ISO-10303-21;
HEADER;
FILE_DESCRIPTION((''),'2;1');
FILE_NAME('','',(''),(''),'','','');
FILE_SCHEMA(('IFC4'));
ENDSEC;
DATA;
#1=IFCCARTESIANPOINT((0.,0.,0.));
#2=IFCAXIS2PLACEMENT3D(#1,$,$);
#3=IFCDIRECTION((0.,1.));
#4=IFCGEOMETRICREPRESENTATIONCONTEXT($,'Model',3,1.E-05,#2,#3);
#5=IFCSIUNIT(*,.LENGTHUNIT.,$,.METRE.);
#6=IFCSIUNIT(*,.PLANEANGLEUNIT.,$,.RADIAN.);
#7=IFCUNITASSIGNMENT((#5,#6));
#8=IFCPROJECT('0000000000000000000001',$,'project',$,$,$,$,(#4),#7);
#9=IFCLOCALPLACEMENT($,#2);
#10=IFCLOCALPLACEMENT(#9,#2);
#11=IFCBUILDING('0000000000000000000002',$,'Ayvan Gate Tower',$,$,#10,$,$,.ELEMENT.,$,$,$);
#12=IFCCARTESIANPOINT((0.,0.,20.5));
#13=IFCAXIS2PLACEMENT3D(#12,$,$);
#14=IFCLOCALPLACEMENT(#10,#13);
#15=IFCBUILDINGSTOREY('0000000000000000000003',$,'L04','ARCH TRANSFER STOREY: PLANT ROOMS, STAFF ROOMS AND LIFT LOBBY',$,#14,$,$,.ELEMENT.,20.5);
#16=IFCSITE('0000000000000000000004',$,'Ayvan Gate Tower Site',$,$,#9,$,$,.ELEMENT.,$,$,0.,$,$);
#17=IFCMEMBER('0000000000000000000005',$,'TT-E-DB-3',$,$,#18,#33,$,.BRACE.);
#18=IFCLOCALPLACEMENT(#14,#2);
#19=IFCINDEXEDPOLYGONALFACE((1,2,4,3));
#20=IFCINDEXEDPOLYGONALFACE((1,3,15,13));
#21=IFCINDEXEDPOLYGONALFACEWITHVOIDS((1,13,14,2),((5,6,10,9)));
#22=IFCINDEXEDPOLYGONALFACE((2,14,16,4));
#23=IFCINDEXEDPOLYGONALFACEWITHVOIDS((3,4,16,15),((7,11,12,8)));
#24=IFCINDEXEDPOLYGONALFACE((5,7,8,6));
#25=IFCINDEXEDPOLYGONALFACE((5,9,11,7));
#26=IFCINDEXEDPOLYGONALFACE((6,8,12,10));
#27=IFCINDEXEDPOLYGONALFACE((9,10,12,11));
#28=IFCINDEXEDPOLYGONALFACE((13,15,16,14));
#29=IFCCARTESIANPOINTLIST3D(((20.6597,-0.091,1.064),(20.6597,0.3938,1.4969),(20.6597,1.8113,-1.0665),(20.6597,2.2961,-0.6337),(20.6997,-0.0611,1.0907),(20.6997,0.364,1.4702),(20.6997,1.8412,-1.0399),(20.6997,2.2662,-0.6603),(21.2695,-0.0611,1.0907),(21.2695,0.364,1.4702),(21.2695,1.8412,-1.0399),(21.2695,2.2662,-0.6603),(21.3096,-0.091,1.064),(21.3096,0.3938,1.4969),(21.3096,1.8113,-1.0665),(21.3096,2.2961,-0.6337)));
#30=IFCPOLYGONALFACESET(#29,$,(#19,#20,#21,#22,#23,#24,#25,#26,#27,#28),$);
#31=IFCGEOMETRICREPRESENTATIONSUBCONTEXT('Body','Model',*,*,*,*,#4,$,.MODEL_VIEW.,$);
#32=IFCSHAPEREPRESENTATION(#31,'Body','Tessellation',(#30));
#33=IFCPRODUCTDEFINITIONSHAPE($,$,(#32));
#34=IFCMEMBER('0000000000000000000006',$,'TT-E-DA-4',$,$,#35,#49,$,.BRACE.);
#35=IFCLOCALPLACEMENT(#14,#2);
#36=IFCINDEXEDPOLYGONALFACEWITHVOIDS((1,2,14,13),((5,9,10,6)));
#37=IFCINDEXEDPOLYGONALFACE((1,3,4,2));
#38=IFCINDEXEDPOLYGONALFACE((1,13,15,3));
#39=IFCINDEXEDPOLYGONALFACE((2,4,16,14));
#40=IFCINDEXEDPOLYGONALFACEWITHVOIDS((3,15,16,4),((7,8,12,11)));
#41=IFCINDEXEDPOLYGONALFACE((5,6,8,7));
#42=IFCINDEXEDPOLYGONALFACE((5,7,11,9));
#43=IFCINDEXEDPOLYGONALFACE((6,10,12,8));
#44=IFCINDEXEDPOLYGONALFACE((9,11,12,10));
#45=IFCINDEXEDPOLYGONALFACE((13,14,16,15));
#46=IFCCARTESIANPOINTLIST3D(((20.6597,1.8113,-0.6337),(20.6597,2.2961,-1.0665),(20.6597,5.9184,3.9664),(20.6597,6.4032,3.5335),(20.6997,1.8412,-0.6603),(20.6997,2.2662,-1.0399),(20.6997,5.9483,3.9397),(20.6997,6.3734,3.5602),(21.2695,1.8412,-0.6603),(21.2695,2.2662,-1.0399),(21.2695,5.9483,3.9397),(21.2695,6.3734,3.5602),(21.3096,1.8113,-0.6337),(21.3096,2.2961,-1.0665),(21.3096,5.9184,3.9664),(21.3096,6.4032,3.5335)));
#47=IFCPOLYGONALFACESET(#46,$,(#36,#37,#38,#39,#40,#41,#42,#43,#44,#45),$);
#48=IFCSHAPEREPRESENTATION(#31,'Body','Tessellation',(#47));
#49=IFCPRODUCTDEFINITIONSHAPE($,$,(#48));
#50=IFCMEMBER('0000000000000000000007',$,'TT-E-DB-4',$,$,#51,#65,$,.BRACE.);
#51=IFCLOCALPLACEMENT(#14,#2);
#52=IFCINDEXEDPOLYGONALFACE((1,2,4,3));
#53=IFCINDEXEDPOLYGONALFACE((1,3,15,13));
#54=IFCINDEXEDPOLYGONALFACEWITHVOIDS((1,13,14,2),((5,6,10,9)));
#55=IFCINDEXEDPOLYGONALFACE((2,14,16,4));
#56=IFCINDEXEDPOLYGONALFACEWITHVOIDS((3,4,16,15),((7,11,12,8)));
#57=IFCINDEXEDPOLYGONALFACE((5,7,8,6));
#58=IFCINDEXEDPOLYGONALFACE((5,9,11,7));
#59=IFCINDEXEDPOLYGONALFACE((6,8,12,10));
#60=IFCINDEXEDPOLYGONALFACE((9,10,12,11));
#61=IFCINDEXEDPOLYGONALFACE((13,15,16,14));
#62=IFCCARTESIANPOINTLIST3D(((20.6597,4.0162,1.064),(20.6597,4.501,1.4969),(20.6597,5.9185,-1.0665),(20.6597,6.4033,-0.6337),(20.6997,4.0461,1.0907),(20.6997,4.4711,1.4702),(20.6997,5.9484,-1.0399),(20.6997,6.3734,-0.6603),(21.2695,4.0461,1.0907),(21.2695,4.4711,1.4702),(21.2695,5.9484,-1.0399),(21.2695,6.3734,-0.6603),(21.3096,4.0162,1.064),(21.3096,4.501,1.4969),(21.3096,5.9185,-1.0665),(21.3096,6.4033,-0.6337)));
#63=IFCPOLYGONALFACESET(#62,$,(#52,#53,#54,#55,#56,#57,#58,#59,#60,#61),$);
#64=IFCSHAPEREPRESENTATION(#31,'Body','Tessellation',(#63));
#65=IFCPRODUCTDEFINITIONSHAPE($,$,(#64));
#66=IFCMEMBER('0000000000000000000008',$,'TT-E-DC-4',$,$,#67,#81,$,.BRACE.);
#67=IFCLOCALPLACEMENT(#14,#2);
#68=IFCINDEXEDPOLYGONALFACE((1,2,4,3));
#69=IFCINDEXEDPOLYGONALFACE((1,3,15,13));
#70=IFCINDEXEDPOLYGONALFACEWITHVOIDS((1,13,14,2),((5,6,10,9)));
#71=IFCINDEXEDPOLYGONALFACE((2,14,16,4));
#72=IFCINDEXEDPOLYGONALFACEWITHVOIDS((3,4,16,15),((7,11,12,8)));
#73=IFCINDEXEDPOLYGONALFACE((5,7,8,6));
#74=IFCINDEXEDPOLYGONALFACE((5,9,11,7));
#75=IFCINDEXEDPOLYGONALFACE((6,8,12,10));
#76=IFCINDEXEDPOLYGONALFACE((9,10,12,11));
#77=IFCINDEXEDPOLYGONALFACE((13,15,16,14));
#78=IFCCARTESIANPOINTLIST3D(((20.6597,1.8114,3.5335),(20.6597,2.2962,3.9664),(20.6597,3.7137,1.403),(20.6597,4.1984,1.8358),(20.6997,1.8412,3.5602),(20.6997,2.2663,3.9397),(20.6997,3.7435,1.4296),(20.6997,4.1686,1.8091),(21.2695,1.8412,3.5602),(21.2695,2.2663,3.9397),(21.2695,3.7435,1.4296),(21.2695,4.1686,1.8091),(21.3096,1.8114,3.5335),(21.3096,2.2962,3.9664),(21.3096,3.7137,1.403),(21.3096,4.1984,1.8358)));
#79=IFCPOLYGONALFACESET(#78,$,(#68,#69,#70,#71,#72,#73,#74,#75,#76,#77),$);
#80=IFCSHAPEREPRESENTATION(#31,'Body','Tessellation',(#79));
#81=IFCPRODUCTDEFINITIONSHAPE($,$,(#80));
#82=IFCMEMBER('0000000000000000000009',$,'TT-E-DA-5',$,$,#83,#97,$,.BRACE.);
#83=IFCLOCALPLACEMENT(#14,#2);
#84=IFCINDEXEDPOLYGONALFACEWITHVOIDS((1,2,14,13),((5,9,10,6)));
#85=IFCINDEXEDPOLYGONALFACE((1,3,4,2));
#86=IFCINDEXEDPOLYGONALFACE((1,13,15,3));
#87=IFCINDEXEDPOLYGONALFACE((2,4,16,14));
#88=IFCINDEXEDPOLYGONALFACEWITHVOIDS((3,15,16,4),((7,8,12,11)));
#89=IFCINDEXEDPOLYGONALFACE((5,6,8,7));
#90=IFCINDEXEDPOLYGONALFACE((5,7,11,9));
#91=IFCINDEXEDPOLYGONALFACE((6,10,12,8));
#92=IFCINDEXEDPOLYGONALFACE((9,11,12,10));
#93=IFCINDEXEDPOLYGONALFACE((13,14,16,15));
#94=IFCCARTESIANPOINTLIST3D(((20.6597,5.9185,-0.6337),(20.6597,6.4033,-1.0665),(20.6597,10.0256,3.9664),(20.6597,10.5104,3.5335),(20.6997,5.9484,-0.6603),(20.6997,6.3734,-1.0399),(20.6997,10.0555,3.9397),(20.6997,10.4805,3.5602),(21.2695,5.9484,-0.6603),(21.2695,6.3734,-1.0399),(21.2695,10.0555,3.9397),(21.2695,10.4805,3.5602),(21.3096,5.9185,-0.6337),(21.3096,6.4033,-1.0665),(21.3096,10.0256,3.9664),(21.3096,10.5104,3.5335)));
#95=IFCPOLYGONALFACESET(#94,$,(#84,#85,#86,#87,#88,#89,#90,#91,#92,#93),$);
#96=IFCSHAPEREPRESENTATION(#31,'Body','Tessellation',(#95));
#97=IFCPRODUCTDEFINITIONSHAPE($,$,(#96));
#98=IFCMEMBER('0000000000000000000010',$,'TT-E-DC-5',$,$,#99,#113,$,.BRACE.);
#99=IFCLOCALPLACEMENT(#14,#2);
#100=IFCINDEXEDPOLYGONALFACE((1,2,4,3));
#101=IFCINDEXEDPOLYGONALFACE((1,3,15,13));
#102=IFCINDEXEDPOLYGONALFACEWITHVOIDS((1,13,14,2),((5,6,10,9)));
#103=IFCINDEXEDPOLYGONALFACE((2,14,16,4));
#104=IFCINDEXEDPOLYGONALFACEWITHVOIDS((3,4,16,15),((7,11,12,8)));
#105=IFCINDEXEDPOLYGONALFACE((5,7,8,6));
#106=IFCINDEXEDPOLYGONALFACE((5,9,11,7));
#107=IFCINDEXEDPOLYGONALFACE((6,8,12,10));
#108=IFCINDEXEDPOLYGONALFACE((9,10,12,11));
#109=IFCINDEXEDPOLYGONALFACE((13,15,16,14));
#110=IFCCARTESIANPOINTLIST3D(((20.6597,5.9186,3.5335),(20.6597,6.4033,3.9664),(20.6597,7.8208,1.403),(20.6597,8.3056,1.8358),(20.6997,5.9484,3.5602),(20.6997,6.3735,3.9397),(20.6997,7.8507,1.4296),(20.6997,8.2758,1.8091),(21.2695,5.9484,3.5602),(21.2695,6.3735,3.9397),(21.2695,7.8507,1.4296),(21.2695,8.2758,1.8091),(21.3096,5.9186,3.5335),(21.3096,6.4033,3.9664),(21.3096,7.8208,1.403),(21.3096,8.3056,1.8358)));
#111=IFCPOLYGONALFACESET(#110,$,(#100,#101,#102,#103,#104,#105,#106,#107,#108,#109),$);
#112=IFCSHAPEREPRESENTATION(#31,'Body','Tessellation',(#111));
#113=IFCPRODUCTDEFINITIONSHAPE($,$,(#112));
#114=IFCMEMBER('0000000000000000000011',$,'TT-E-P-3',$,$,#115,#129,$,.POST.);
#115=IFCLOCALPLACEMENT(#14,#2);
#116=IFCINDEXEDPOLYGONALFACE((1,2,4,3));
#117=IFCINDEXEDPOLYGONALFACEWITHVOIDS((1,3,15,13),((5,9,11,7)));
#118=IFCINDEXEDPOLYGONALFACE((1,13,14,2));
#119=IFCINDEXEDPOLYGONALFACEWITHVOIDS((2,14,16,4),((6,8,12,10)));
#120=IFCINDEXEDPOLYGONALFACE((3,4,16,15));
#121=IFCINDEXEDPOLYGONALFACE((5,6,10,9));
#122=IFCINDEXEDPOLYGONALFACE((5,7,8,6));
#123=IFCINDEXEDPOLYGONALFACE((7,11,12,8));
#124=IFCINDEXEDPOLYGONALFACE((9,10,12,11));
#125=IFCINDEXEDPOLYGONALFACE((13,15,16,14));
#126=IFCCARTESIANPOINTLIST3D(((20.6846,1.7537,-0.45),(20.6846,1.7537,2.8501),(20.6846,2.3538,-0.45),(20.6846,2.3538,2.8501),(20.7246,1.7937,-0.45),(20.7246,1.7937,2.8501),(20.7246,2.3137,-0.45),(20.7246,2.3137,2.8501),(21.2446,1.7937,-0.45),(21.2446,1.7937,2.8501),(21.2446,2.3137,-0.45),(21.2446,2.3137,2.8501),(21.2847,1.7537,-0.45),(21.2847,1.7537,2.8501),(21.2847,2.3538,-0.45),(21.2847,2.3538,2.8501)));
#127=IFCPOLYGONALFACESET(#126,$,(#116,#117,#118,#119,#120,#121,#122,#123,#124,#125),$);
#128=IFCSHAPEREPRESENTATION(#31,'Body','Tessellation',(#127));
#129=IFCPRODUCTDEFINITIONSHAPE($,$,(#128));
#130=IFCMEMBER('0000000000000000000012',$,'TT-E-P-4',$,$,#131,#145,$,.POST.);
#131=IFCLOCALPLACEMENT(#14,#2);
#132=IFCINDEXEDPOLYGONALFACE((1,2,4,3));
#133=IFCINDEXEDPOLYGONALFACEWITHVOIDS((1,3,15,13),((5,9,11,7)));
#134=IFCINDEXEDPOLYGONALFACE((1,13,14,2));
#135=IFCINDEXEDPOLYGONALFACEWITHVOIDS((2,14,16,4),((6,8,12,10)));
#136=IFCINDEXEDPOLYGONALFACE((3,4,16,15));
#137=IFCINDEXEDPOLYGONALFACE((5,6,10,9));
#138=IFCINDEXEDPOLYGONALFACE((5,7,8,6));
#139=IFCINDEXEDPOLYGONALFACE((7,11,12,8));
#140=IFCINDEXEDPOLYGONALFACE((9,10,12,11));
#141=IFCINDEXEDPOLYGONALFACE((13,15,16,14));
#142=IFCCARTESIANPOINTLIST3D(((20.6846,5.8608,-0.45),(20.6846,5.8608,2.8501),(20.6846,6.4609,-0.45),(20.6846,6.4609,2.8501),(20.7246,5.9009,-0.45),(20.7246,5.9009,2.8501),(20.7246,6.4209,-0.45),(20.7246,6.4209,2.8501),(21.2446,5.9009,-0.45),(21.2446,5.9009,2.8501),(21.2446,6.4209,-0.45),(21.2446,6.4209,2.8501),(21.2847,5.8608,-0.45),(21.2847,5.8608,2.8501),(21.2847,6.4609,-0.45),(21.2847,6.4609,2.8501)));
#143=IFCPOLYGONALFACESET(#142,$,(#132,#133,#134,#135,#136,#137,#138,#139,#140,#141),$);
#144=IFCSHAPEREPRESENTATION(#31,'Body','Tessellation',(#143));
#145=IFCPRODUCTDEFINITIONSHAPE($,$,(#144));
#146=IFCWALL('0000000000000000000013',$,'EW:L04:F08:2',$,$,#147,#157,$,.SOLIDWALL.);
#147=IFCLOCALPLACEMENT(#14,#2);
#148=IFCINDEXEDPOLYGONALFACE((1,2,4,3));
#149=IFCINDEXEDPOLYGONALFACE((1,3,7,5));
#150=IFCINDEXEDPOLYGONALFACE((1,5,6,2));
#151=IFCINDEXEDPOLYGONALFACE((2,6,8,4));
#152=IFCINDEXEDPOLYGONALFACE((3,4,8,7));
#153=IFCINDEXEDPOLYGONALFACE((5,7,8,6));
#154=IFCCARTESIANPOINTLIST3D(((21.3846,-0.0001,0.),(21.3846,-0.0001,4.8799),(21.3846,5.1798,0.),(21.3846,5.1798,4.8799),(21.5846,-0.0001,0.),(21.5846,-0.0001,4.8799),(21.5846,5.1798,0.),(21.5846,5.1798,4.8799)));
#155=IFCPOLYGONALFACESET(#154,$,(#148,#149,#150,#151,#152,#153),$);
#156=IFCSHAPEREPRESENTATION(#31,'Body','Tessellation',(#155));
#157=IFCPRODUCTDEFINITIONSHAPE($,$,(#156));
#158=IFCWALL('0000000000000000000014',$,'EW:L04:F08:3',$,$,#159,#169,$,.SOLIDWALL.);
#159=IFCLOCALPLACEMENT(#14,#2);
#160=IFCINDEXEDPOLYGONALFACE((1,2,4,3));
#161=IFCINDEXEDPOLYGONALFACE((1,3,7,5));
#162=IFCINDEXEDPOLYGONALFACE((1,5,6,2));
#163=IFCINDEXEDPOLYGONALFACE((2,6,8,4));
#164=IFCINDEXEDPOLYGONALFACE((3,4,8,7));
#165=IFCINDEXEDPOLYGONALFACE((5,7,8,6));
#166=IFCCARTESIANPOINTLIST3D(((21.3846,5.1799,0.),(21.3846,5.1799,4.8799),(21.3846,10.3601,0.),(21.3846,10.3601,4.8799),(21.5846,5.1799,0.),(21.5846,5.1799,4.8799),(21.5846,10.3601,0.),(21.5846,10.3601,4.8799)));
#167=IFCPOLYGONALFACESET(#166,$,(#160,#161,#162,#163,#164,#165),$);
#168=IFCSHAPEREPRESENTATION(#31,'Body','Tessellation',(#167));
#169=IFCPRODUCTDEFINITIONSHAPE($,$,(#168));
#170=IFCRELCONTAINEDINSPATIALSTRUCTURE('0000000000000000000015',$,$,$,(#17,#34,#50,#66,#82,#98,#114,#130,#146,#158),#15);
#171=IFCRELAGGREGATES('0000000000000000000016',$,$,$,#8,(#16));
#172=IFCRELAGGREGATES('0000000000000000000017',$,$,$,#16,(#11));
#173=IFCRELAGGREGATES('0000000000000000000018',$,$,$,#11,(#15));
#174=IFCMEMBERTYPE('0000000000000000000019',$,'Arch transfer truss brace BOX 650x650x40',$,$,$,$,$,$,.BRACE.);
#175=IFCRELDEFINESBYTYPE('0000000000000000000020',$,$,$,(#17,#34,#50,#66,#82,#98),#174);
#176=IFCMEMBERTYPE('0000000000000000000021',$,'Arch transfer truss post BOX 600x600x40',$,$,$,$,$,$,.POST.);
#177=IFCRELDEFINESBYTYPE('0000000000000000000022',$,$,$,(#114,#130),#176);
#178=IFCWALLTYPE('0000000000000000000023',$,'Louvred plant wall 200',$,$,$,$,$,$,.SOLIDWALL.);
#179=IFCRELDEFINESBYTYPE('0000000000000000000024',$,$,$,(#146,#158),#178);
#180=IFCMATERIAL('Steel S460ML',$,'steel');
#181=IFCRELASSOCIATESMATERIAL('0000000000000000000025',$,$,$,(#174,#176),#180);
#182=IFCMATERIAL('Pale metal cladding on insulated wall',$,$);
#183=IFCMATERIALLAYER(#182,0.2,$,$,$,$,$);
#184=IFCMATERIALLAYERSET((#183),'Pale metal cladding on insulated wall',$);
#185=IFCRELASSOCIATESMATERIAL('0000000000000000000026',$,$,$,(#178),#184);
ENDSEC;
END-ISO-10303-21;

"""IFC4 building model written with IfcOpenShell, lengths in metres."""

from ifc_helpers import new_model, si_unit, direction, frame, frame_2d, origin, origin_2d, place, context, subcontext, project, spatial, rectangle, hollow_rectangle, extrude, material, layer, layer_set, material_profile, profile_set, type_object, element, save


model = new_model("IFC4")

# Units and contexts
model_context = context("Model", 3, precision=1e-05, world=origin(), true_north=direction((0.0, 1.0)))
body_context = subcontext(model_context, "Body", "Model", "MODEL_VIEW")
ifc_project = project(units=[si_unit("LENGTHUNIT", "METRE"), si_unit("PLANEANGLEUNIT", "RADIAN")], contexts=[model_context])

# Site, building, storey
site_placement = place(None, origin())
site = spatial("IfcSite", under=ifc_project, at=site_placement, Name="Ayvan Gate Tower Site", CompositionType="ELEMENT", RefElevation=0.0)
building_placement = place(site_placement, origin())
building = spatial("IfcBuilding", under=site, at=building_placement, Name="Ayvan Gate Tower", CompositionType="ELEMENT")
storey_placement = place(building_placement, frame((0.0, 0.0, 20.5)))
storey = spatial("IfcBuildingStorey", under=building, at=storey_placement, Name="L04", Description="ARCH TRANSFER STOREY: PLANT ROOMS, STAFF ROOMS AND LIFT LOBBY", CompositionType="ELEMENT", Elevation=20.5)

# Members
ifc_material_1 = material(Name="Steel S460ML", Category="steel")
ifc_material_profile_1 = material_profile(ifc_material_1, hollow_rectangle(XDim=0.6499, YDim=0.6499, WallThickness=0.04, at=origin_2d()), Name="BOX 650x650x40")
ifc_profile_set_1 = profile_set([ifc_material_profile_1], Name="Steel S460ML")
member_type_1 = type_object("IfcMemberType", Name="Arch transfer truss brace BOX 650x650x40", PredefinedType="BRACE", material=ifc_profile_set_1)
member_1_placement = place(storey_placement, frame((20.9846, 2.0537, -0.8501), z_axis=(0.0, -0.666017, 0.745936), x_axis=(1.0, 0.0, 0.0)))
element("IfcMember", 1, at=member_1_placement, inside=storey, type_object=member_type_1, Name="TT-E-DB-3", PredefinedType="BRACE", context=body_context, shape_type="SweptSolid", body=[
    extrude(hollow_rectangle(XDim=0.6499, YDim=0.6499, WallThickness=0.04, at=origin_2d()), origin(), (0.0, 0.0, 1.0), 2.8562),
])
member_2_placement = place(storey_placement, frame((20.9846, 2.0537, -0.8501), z_axis=(0.0, 0.666011, 0.745942), x_axis=(-1.0, 0.0, 0.0)))
element("IfcMember", 2, at=member_2_placement, inside=storey, type_object=member_type_1, Name="TT-E-DA-4", PredefinedType="BRACE", context=body_context, shape_type="SweptSolid", body=[
    extrude(hollow_rectangle(XDim=0.6499, YDim=0.6499, WallThickness=0.04, at=origin_2d()), origin(), (0.0, 0.0, 1.0), 6.1667),
])
for number, where, z_axis, x_axis, name in (
    (3, (20.9846, 6.1609, -0.8501), (0.0, -0.666017, 0.745936), (1.0, 0.0, 0.0), "TT-E-DB-4"),
    (4, (20.9846, 3.9561, 1.6194), (0.0, -0.666017, 0.745936), (1.0, 0.0, 0.0), "TT-E-DC-4"),
):
    element("IfcMember", number, at=place(storey_placement, frame(where, z_axis=z_axis, x_axis=x_axis)), inside=storey, type_object=member_type_1, Name=name, PredefinedType="BRACE", context=body_context, shape_type="SweptSolid", body=[
        extrude(hollow_rectangle(XDim=0.6499, YDim=0.6499, WallThickness=0.04, at=origin_2d()), origin(), (0.0, 0.0, 1.0), 2.8562),
    ])
member_3_placement = place(storey_placement, frame((20.9846, 6.1609, -0.8501), z_axis=(0.0, 0.666011, 0.745942), x_axis=(-1.0, 0.0, 0.0)))
element("IfcMember", 5, at=member_3_placement, inside=storey, type_object=member_type_1, Name="TT-E-DA-5", PredefinedType="BRACE", context=body_context, shape_type="SweptSolid", body=[
    extrude(hollow_rectangle(XDim=0.6499, YDim=0.6499, WallThickness=0.04, at=origin_2d()), origin(), (0.0, 0.0, 1.0), 6.1667),
])
member_4_placement = place(storey_placement, frame((20.9846, 8.0632, 1.6194), z_axis=(0.0, -0.666017, 0.745936), x_axis=(1.0, 0.0, 0.0)))
element("IfcMember", 6, at=member_4_placement, inside=storey, type_object=member_type_1, Name="TT-E-DC-5", PredefinedType="BRACE", context=body_context, shape_type="SweptSolid", body=[
    extrude(hollow_rectangle(XDim=0.6499, YDim=0.6499, WallThickness=0.04, at=origin_2d()), origin(), (0.0, 0.0, 1.0), 2.8562),
])
ifc_material_profile_2 = material_profile(ifc_material_1, hollow_rectangle(XDim=0.6001, YDim=0.6001, WallThickness=0.04, at=origin_2d()), Name="BOX 600x600x40")
ifc_profile_set_2 = profile_set([ifc_material_profile_2], Name="Steel S460ML")
member_type_2 = type_object("IfcMemberType", Name="Arch transfer truss post BOX 600x600x40", PredefinedType="POST", material=ifc_profile_set_2)
for number, where, z_axis, x_axis, name in (
    (7, (20.9846, 2.0537, -0.45), (0.0, 0.0, 1.0), (1.0, 0.0, 0.0), "TT-E-P-3"),
    (8, (20.9846, 6.1609, -0.45), (0.0, 0.0, 1.0), (1.0, 0.0, 0.0), "TT-E-P-4"),
):
    element("IfcMember", number, at=place(storey_placement, frame(where, z_axis=z_axis, x_axis=x_axis)), inside=storey, type_object=member_type_2, Name=name, PredefinedType="POST", context=body_context, shape_type="SweptSolid", body=[
        extrude(hollow_rectangle(XDim=0.6001, YDim=0.6001, WallThickness=0.04, at=origin_2d()), origin(), (0.0, 0.0, 1.0), 3.3),
    ])

# Walls
ifc_material_2 = material(Name="Pale metal cladding on insulated wall")
ifc_layer_1 = layer(ifc_material_2, 0.2)
ifc_layer_set_1 = layer_set([ifc_layer_1], Name="Pale metal cladding on insulated wall")
wall_type_1 = type_object("IfcWallType", Name="Louvred plant wall 200", PredefinedType="SOLIDWALL", material=ifc_layer_set_1)
wall_1_placement = place(storey_placement, frame((21.4846, 0.0, 0.0), z_axis=(0.0, 0.0, 1.0), x_axis=(0.0, 1.0, 0.0)))
element("IfcWall", 9, at=wall_1_placement, inside=storey, type_object=wall_type_1, Name="EW:L04:F08:2", PredefinedType="SOLIDWALL", context=body_context, shape_type="SweptSolid", body=[
    extrude(rectangle(XDim=5.1799, YDim=0.2, at=frame_2d((2.5898, 0.0))), origin(), (0.0, 0.0, 1.0), 4.8799),
])
wall_2_placement = place(storey_placement, frame((21.4846, 5.1799, 0.0), z_axis=(0.0, 0.0, 1.0), x_axis=(0.0, 1.0, 0.0)))
element("IfcWall", 10, at=wall_2_placement, inside=storey, type_object=wall_type_1, Name="EW:L04:F08:3", PredefinedType="SOLIDWALL", context=body_context, shape_type="SweptSolid", body=[
    extrude(rectangle(XDim=5.1802, YDim=0.2, at=frame_2d((2.5901, 0.0))), origin(), (0.0, 0.0, 1.0), 4.8799),
])

save(model, "model.ifc")
